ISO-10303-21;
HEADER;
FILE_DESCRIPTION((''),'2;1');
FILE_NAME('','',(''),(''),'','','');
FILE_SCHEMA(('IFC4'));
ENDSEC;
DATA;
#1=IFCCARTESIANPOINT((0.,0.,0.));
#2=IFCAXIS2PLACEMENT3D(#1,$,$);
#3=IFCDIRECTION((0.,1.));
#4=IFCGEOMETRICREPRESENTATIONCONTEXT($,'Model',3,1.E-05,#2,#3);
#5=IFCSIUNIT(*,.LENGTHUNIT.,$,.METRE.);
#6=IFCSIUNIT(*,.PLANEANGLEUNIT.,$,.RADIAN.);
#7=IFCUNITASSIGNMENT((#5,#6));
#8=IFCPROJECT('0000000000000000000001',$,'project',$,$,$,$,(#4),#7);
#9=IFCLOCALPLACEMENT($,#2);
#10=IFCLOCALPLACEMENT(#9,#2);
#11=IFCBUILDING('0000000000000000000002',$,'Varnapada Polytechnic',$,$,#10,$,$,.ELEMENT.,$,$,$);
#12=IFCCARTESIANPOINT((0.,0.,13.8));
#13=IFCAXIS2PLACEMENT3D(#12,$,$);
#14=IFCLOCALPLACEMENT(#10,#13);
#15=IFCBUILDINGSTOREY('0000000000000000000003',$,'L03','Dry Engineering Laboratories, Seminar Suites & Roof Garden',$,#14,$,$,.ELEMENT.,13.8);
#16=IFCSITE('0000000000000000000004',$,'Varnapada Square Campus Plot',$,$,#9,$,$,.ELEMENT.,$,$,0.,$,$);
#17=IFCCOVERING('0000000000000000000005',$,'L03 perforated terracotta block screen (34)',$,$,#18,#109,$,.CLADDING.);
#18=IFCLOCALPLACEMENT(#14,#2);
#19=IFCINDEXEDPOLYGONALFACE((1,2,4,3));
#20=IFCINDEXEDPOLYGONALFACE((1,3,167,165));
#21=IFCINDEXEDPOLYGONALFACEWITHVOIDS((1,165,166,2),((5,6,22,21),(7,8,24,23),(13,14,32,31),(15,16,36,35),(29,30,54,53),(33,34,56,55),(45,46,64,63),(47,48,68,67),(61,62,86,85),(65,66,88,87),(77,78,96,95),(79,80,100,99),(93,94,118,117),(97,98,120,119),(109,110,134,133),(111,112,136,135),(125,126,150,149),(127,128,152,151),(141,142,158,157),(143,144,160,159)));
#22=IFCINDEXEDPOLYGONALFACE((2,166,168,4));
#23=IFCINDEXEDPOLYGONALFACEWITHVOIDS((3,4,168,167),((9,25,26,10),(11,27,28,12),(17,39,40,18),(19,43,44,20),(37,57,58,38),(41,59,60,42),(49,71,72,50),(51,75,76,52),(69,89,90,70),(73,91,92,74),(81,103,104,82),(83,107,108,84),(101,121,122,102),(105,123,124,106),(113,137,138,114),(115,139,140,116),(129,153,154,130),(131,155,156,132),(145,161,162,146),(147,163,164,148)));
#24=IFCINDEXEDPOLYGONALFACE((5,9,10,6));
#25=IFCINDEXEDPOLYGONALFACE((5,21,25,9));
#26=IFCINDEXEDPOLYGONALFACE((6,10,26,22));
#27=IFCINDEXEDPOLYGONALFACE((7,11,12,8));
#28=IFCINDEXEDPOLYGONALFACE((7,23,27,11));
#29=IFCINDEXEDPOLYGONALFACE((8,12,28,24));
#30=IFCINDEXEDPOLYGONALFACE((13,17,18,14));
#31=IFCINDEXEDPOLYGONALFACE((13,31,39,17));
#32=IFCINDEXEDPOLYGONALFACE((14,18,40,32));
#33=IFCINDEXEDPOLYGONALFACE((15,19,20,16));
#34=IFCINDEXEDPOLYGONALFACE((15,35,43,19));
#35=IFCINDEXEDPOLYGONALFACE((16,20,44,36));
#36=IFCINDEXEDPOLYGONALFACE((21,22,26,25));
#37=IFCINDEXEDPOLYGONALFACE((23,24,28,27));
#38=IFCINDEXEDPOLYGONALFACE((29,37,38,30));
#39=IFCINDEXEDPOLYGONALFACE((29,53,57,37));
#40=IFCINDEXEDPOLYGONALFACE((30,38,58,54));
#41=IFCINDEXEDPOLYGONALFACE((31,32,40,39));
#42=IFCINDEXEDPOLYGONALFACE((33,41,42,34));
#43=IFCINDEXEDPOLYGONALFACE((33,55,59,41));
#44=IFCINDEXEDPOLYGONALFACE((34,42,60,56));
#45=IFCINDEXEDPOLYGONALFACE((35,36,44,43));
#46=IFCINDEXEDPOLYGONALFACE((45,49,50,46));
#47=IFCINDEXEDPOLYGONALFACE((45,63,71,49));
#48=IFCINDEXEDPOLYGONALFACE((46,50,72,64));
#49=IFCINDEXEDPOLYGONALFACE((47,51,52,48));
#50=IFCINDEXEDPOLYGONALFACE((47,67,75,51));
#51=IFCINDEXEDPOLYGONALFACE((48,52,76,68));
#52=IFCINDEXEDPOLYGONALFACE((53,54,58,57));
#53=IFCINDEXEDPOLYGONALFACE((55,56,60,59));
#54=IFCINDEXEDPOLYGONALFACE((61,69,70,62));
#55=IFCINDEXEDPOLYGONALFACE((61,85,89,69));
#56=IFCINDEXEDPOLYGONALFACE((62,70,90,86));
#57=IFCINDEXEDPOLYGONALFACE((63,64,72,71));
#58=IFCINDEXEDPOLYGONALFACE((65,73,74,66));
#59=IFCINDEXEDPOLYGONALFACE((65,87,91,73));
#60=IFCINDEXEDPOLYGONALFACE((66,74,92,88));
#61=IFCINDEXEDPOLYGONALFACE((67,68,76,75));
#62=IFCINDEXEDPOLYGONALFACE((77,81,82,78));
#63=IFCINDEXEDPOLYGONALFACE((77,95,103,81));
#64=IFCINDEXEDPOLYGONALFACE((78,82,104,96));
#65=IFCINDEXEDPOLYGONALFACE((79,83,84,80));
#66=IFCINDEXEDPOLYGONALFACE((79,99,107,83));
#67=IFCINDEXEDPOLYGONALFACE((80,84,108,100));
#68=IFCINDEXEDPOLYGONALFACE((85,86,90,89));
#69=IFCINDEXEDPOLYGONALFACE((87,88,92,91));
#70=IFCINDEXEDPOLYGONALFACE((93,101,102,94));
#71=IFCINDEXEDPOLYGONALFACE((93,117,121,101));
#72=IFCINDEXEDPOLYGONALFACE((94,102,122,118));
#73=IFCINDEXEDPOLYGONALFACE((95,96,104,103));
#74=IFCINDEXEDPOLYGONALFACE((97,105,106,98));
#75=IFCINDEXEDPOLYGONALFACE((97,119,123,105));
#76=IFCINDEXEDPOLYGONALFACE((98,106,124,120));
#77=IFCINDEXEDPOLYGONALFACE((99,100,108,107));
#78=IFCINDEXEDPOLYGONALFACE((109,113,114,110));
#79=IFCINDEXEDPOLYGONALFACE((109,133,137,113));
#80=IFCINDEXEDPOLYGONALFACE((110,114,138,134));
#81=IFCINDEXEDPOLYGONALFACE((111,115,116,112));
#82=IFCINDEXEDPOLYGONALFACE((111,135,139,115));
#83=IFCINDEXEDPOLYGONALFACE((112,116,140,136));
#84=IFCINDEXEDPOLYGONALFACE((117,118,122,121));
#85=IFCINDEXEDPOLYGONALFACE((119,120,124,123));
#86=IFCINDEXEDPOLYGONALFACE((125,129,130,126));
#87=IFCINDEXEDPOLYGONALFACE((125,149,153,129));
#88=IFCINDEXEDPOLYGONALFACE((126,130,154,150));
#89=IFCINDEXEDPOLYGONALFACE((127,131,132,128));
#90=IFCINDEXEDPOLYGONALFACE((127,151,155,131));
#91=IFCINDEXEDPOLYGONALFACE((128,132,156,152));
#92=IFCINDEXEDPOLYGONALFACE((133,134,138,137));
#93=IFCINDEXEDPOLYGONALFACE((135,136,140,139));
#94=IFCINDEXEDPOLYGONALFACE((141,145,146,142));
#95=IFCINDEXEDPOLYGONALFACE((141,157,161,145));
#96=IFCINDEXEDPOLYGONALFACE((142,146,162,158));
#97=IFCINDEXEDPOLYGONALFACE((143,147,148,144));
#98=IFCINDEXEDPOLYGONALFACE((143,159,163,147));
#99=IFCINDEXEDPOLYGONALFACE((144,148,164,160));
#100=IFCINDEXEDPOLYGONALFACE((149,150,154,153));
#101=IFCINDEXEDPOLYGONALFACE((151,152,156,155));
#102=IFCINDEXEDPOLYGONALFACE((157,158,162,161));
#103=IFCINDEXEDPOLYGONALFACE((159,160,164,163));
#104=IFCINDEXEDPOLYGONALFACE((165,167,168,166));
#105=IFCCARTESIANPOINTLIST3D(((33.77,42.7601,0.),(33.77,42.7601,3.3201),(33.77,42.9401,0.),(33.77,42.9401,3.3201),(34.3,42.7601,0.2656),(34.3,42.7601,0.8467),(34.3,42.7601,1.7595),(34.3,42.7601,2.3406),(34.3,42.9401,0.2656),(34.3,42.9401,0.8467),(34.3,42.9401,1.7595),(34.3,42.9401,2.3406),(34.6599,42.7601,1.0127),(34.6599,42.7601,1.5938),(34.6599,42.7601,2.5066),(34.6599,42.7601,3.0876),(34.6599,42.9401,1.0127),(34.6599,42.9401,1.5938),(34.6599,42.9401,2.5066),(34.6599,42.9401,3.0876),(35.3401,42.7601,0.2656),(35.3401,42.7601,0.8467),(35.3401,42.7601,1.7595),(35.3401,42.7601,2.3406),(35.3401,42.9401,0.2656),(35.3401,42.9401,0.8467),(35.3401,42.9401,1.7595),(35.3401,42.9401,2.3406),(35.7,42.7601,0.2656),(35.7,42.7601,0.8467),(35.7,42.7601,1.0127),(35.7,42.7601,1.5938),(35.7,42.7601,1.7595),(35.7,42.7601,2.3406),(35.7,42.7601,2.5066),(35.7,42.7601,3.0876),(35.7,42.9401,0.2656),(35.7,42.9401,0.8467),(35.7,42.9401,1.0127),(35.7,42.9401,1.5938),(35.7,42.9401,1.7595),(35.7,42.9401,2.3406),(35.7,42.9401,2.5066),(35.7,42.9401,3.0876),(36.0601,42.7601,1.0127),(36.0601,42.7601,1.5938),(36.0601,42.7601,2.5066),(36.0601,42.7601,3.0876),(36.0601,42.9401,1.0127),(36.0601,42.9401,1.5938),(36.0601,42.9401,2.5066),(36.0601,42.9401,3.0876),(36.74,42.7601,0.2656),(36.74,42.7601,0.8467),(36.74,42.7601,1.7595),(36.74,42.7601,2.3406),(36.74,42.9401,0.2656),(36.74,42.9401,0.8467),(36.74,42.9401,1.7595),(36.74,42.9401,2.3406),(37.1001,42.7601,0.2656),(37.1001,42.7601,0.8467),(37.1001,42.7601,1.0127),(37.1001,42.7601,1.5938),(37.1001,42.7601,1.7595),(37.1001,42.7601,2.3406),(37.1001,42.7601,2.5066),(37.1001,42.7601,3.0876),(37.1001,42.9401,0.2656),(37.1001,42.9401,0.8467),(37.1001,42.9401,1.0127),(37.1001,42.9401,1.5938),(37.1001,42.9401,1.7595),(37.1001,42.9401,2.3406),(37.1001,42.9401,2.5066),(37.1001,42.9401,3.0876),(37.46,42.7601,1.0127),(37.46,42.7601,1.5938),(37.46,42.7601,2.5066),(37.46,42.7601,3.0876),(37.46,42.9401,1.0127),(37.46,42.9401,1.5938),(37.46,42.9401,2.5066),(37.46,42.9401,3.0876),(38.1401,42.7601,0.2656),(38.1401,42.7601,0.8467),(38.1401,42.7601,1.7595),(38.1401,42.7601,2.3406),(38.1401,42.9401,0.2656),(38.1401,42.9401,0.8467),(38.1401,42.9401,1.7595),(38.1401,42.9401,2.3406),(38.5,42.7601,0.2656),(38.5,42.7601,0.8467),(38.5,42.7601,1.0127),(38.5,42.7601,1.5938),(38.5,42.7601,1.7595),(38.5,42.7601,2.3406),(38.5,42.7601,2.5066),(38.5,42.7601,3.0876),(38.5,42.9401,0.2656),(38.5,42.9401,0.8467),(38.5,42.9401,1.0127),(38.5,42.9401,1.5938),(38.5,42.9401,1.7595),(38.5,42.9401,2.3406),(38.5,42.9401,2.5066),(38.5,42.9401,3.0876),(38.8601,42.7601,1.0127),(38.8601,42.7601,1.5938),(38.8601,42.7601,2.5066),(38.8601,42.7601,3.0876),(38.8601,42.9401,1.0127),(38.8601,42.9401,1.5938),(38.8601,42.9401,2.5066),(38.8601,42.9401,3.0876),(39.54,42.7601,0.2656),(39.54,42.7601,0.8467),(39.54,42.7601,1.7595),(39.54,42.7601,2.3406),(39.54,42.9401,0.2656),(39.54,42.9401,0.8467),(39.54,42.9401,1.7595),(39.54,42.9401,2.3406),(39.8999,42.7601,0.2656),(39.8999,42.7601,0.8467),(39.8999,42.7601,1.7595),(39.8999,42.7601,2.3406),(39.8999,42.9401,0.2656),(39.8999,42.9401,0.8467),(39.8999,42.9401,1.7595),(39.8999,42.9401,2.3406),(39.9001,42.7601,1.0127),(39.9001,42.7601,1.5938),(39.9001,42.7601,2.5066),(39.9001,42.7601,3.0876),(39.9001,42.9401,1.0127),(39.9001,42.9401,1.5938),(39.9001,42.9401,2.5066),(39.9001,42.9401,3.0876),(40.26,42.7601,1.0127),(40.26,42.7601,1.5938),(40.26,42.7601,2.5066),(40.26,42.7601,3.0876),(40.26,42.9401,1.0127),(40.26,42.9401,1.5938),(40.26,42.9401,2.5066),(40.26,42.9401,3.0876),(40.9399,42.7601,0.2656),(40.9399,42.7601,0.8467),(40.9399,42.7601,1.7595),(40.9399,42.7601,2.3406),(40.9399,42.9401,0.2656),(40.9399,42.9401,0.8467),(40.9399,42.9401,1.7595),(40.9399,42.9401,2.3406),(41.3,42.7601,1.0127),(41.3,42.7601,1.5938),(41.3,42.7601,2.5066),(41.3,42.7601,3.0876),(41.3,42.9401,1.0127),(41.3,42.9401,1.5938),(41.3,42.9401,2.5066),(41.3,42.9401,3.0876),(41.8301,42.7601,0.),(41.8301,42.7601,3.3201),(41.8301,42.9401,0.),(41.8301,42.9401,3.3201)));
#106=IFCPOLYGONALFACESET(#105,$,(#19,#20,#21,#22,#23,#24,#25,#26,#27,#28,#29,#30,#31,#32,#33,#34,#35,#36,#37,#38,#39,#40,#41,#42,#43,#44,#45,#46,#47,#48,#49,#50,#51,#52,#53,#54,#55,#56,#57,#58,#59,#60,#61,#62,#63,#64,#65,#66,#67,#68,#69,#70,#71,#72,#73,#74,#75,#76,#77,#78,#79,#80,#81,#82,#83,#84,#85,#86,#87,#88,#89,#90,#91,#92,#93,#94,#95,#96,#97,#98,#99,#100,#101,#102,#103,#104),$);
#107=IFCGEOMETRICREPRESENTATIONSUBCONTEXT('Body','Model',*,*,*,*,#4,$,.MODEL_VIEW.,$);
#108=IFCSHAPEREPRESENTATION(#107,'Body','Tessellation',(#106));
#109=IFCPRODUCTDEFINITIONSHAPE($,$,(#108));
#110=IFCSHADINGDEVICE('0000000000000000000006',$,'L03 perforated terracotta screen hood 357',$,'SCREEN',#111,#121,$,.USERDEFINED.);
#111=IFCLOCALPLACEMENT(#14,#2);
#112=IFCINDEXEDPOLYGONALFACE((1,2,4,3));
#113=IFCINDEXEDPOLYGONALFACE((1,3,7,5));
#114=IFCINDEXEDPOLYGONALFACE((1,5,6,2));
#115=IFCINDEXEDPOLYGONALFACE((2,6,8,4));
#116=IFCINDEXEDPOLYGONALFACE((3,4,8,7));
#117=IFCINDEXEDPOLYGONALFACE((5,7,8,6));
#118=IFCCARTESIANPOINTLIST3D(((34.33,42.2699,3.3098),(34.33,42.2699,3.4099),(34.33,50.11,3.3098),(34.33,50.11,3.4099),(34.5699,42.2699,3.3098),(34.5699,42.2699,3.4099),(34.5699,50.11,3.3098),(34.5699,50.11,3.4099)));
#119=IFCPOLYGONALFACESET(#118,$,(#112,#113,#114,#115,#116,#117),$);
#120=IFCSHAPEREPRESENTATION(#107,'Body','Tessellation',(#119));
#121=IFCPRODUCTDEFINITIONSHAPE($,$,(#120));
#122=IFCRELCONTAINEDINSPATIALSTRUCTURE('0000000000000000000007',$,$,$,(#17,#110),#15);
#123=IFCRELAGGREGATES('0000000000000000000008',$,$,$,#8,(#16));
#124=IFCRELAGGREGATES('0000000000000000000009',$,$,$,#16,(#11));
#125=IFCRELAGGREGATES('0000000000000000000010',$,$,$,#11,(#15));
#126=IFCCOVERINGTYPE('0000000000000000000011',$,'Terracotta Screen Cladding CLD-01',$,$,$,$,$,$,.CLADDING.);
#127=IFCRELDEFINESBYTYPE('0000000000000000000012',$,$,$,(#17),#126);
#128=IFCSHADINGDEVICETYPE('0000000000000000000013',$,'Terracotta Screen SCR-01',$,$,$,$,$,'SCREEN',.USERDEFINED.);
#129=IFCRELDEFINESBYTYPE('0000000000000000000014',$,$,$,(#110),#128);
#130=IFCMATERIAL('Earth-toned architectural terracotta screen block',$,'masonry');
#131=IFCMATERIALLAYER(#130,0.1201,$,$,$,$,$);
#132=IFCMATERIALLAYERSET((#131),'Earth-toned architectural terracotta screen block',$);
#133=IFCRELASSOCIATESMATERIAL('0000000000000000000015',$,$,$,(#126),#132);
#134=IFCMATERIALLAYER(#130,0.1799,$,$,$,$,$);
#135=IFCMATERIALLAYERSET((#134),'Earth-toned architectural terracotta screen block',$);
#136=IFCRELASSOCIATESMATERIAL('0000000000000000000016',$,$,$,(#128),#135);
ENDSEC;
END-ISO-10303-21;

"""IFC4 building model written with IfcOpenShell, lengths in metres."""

from ifc_helpers import new_model, si_unit, direction, frame, frame_2d, origin, origin_2d, place, context, subcontext, project, spatial, rectangle, extrude, material, layer, layer_set, type_object, element, save


model = new_model("IFC4")

# Units and contexts
model_context = context("Model", 3, precision=1e-05, world=origin(), true_north=direction((0.0, 1.0)))
body_context = subcontext(model_context, "Body", "Model", "MODEL_VIEW")
ifc_project = project(units=[si_unit("LENGTHUNIT", "METRE"), si_unit("PLANEANGLEUNIT", "RADIAN")], contexts=[model_context])

# Site, building, storey
site_placement = place(None, origin())
site = spatial("IfcSite", under=ifc_project, at=site_placement, Name="Varnapada Square Campus Plot", CompositionType="ELEMENT", RefElevation=0.0)
building_placement = place(site_placement, origin())
building = spatial("IfcBuilding", under=site, at=building_placement, Name="Varnapada Polytechnic", CompositionType="ELEMENT")
storey_placement = place(building_placement, frame((0.0, 0.0, 13.8)))
storey = spatial("IfcBuildingStorey", under=building, at=storey_placement, Name="L03", Description="Dry Engineering Laboratories, Seminar Suites & Roof Garden", CompositionType="ELEMENT", Elevation=13.8)

# Covering, openings
ifc_material_1 = material(Name="Earth-toned architectural terracotta screen block", Category="masonry")
ifc_layer_1 = layer(ifc_material_1, 0.1201)
ifc_layer_set_1 = layer_set([ifc_layer_1], Name="Earth-toned architectural terracotta screen block")
covering_type = type_object("IfcCoveringType", Name="Terracotta Screen Cladding CLD-01", PredefinedType="CLADDING", material=ifc_layer_set_1)
covering_placement = place(storey_placement, frame((33.77, 42.8501, 0.0), z_axis=(0.0, 0.0, 1.0), x_axis=(1.0, 0.0, 0.0)))
covering = element("IfcCovering", 1, at=covering_placement, inside=storey, type_object=covering_type, Name="L03 perforated terracotta block screen (34)", PredefinedType="CLADDING", context=body_context, shape_type="SweptSolid", body=[
    extrude(rectangle(XDim=8.0601, YDim=0.1799, at=frame_2d((4.03, 0.0))), origin(), (0.0, 0.0, 1.0), 3.3201),
])
opening_1_placement = place(covering_placement, frame((0.53, 0.0, 0.2656)))
element("IfcOpeningElement", 2, at=opening_1_placement, cuts=covering, PredefinedType="OPENING", context=body_context, shape_type="SweptSolid", body=[
    extrude(rectangle(XDim=1.04, YDim=0.5811, at=frame_2d((0.52, 0.2905))), frame((0.0, 0.0999, 0.0), z_axis=(0.0, -1.0, 0.0), x_axis=(1.0, 0.0, 0.0)), (0.0, 0.0, 1.0), 0.2),
])
opening_2_placement = place(covering_placement, frame((1.9299, 0.0, 0.2656)))
element("IfcOpeningElement", 3, at=opening_2_placement, cuts=covering, PredefinedType="OPENING", context=body_context, shape_type="SweptSolid", body=[
    extrude(rectangle(XDim=1.04, YDim=0.5811, at=frame_2d((0.52, 0.2905))), frame((0.0, 0.0999, 0.0), z_axis=(0.0, -1.0, 0.0), x_axis=(1.0, 0.0, 0.0)), (0.0, 0.0, 1.0), 0.2),
])
opening_3_placement = place(covering_placement, frame((3.3301, 0.0, 0.2656)))
element("IfcOpeningElement", 4, at=opening_3_placement, cuts=covering, PredefinedType="OPENING", context=body_context, shape_type="SweptSolid", body=[
    extrude(rectangle(XDim=1.04, YDim=0.5811, at=frame_2d((0.52, 0.2905))), frame((0.0, 0.0999, 0.0), z_axis=(0.0, -1.0, 0.0), x_axis=(1.0, 0.0, 0.0)), (0.0, 0.0, 1.0), 0.2),
])
opening_4_placement = place(covering_placement, frame((4.73, 0.0, 0.2656)))
element("IfcOpeningElement", 5, at=opening_4_placement, cuts=covering, PredefinedType="OPENING", context=body_context, shape_type="SweptSolid", body=[
    extrude(rectangle(XDim=1.04, YDim=0.5811, at=frame_2d((0.52, 0.2905))), frame((0.0, 0.0999, 0.0), z_axis=(0.0, -1.0, 0.0), x_axis=(1.0, 0.0, 0.0)), (0.0, 0.0, 1.0), 0.2),
])
opening_5_placement = place(covering_placement, frame((6.1299, 0.0, 0.2656)))
element("IfcOpeningElement", 6, at=opening_5_placement, cuts=covering, PredefinedType="OPENING", context=body_context, shape_type="SweptSolid", body=[
    extrude(rectangle(XDim=1.04, YDim=0.5811, at=frame_2d((0.52, 0.2905))), frame((0.0, 0.0999, 0.0), z_axis=(0.0, -1.0, 0.0), x_axis=(1.0, 0.0, 0.0)), (0.0, 0.0, 1.0), 0.2),
])
opening_6_placement = place(covering_placement, frame((0.8899, 0.0, 1.0127)))
element("IfcOpeningElement", 7, at=opening_6_placement, cuts=covering, PredefinedType="OPENING", context=body_context, shape_type="SweptSolid", body=[
    extrude(rectangle(XDim=1.04, YDim=0.5811, at=frame_2d((0.52, 0.2905))), frame((0.0, 0.0999, 0.0), z_axis=(0.0, -1.0, 0.0), x_axis=(1.0, 0.0, 0.0)), (0.0, 0.0, 1.0), 0.2),
])
opening_7_placement = place(covering_placement, frame((2.29, 0.0, 1.0127)))
element("IfcOpeningElement", 8, at=opening_7_placement, cuts=covering, PredefinedType="OPENING", context=body_context, shape_type="SweptSolid", body=[
    extrude(rectangle(XDim=1.04, YDim=0.5811, at=frame_2d((0.52, 0.2905))), frame((0.0, 0.0999, 0.0), z_axis=(0.0, -1.0, 0.0), x_axis=(1.0, 0.0, 0.0)), (0.0, 0.0, 1.0), 0.2),
])
opening_8_placement = place(covering_placement, frame((3.6899, 0.0, 1.0127)))
element("IfcOpeningElement", 9, at=opening_8_placement, cuts=covering, PredefinedType="OPENING", context=body_context, shape_type="SweptSolid", body=[
    extrude(rectangle(XDim=1.04, YDim=0.5811, at=frame_2d((0.52, 0.2905))), frame((0.0, 0.0999, 0.0), z_axis=(0.0, -1.0, 0.0), x_axis=(1.0, 0.0, 0.0)), (0.0, 0.0, 1.0), 0.2),
])
opening_9_placement = place(covering_placement, frame((5.0901, 0.0, 1.0127)))
element("IfcOpeningElement", 10, at=opening_9_placement, cuts=covering, PredefinedType="OPENING", context=body_context, shape_type="SweptSolid", body=[
    extrude(rectangle(XDim=1.04, YDim=0.5811, at=frame_2d((0.52, 0.2905))), frame((0.0, 0.0999, 0.0), z_axis=(0.0, -1.0, 0.0), x_axis=(1.0, 0.0, 0.0)), (0.0, 0.0, 1.0), 0.2),
])
opening_10_placement = place(covering_placement, frame((6.49, 0.0, 1.0127)))
element("IfcOpeningElement", 11, at=opening_10_placement, cuts=covering, PredefinedType="OPENING", context=body_context, shape_type="SweptSolid", body=[
    extrude(rectangle(XDim=1.04, YDim=0.5811, at=frame_2d((0.52, 0.2905))), frame((0.0, 0.0999, 0.0), z_axis=(0.0, -1.0, 0.0), x_axis=(1.0, 0.0, 0.0)), (0.0, 0.0, 1.0), 0.2),
])
opening_11_placement = place(covering_placement, frame((0.53, 0.0, 1.7595)))
element("IfcOpeningElement", 12, at=opening_11_placement, cuts=covering, PredefinedType="OPENING", context=body_context, shape_type="SweptSolid", body=[
    extrude(rectangle(XDim=1.04, YDim=0.5811, at=frame_2d((0.52, 0.2905))), frame((0.0, 0.0999, 0.0), z_axis=(0.0, -1.0, 0.0), x_axis=(1.0, 0.0, 0.0)), (0.0, 0.0, 1.0), 0.2),
])
opening_12_placement = place(covering_placement, frame((1.9299, 0.0, 1.7595)))
element("IfcOpeningElement", 13, at=opening_12_placement, cuts=covering, PredefinedType="OPENING", context=body_context, shape_type="SweptSolid", body=[
    extrude(rectangle(XDim=1.04, YDim=0.5811, at=frame_2d((0.52, 0.2905))), frame((0.0, 0.0999, 0.0), z_axis=(0.0, -1.0, 0.0), x_axis=(1.0, 0.0, 0.0)), (0.0, 0.0, 1.0), 0.2),
])
opening_13_placement = place(covering_placement, frame((3.3301, 0.0, 1.7595)))
element("IfcOpeningElement", 14, at=opening_13_placement, cuts=covering, PredefinedType="OPENING", context=body_context, shape_type="SweptSolid", body=[
    extrude(rectangle(XDim=1.04, YDim=0.5811, at=frame_2d((0.52, 0.2905))), frame((0.0, 0.0999, 0.0), z_axis=(0.0, -1.0, 0.0), x_axis=(1.0, 0.0, 0.0)), (0.0, 0.0, 1.0), 0.2),
])
opening_14_placement = place(covering_placement, frame((4.73, 0.0, 1.7595)))
element("IfcOpeningElement", 15, at=opening_14_placement, cuts=covering, PredefinedType="OPENING", context=body_context, shape_type="SweptSolid", body=[
    extrude(rectangle(XDim=1.04, YDim=0.5811, at=frame_2d((0.52, 0.2905))), frame((0.0, 0.0999, 0.0), z_axis=(0.0, -1.0, 0.0), x_axis=(1.0, 0.0, 0.0)), (0.0, 0.0, 1.0), 0.2),
])
opening_15_placement = place(covering_placement, frame((6.1299, 0.0, 1.7595)))
element("IfcOpeningElement", 16, at=opening_15_placement, cuts=covering, PredefinedType="OPENING", context=body_context, shape_type="SweptSolid", body=[
    extrude(rectangle(XDim=1.04, YDim=0.5811, at=frame_2d((0.52, 0.2905))), frame((0.0, 0.0999, 0.0), z_axis=(0.0, -1.0, 0.0), x_axis=(1.0, 0.0, 0.0)), (0.0, 0.0, 1.0), 0.2),
])
opening_16_placement = place(covering_placement, frame((0.8899, 0.0, 2.5066)))
element("IfcOpeningElement", 17, at=opening_16_placement, cuts=covering, PredefinedType="OPENING", context=body_context, shape_type="SweptSolid", body=[
    extrude(rectangle(XDim=1.04, YDim=0.5811, at=frame_2d((0.52, 0.2905))), frame((0.0, 0.0999, 0.0), z_axis=(0.0, -1.0, 0.0), x_axis=(1.0, 0.0, 0.0)), (0.0, 0.0, 1.0), 0.2),
])
opening_17_placement = place(covering_placement, frame((2.29, 0.0, 2.5066)))
element("IfcOpeningElement", 18, at=opening_17_placement, cuts=covering, PredefinedType="OPENING", context=body_context, shape_type="SweptSolid", body=[
    extrude(rectangle(XDim=1.04, YDim=0.5811, at=frame_2d((0.52, 0.2905))), frame((0.0, 0.0999, 0.0), z_axis=(0.0, -1.0, 0.0), x_axis=(1.0, 0.0, 0.0)), (0.0, 0.0, 1.0), 0.2),
])
opening_18_placement = place(covering_placement, frame((3.6899, 0.0, 2.5066)))
element("IfcOpeningElement", 19, at=opening_18_placement, cuts=covering, PredefinedType="OPENING", context=body_context, shape_type="SweptSolid", body=[
    extrude(rectangle(XDim=1.04, YDim=0.5811, at=frame_2d((0.52, 0.2905))), frame((0.0, 0.0999, 0.0), z_axis=(0.0, -1.0, 0.0), x_axis=(1.0, 0.0, 0.0)), (0.0, 0.0, 1.0), 0.2),
])
opening_19_placement = place(covering_placement, frame((5.0901, 0.0, 2.5066)))
element("IfcOpeningElement", 20, at=opening_19_placement, cuts=covering, PredefinedType="OPENING", context=body_context, shape_type="SweptSolid", body=[
    extrude(rectangle(XDim=1.04, YDim=0.5811, at=frame_2d((0.52, 0.2905))), frame((0.0, 0.0999, 0.0), z_axis=(0.0, -1.0, 0.0), x_axis=(1.0, 0.0, 0.0)), (0.0, 0.0, 1.0), 0.2),
])
opening_20_placement = place(covering_placement, frame((6.49, 0.0, 2.5066)))
element("IfcOpeningElement", 21, at=opening_20_placement, cuts=covering, PredefinedType="OPENING", context=body_context, shape_type="SweptSolid", body=[
    extrude(rectangle(XDim=1.04, YDim=0.5811, at=frame_2d((0.52, 0.2905))), frame((0.0, 0.0999, 0.0), z_axis=(0.0, -1.0, 0.0), x_axis=(1.0, 0.0, 0.0)), (0.0, 0.0, 1.0), 0.2),
])

# Shading device
ifc_layer_2 = layer(ifc_material_1, 0.1799)
ifc_layer_set_2 = layer_set([ifc_layer_2], Name="Earth-toned architectural terracotta screen block")
shading_device_type = type_object("IfcShadingDeviceType", Name="Terracotta Screen SCR-01", ElementType="SCREEN", PredefinedType="USERDEFINED", material=ifc_layer_set_2)
shading_device_placement = place(storey_placement, frame((34.45, 46.1899, 3.3098), z_axis=(0.0, 0.0, 1.0), x_axis=(0.0, -1.0, 0.0)))
element("IfcShadingDevice", 22, at=shading_device_placement, inside=storey, type_object=shading_device_type, Name="L03 perforated terracotta screen hood 357", ObjectType="SCREEN", PredefinedType="USERDEFINED", context=body_context, shape_type="SweptSolid", body=[
    extrude(rectangle(XDim=7.8401, YDim=0.24, at=origin_2d()), origin(), (0.0, 0.0, 1.0), 0.1001),
])

save(model, "model.ifc")
